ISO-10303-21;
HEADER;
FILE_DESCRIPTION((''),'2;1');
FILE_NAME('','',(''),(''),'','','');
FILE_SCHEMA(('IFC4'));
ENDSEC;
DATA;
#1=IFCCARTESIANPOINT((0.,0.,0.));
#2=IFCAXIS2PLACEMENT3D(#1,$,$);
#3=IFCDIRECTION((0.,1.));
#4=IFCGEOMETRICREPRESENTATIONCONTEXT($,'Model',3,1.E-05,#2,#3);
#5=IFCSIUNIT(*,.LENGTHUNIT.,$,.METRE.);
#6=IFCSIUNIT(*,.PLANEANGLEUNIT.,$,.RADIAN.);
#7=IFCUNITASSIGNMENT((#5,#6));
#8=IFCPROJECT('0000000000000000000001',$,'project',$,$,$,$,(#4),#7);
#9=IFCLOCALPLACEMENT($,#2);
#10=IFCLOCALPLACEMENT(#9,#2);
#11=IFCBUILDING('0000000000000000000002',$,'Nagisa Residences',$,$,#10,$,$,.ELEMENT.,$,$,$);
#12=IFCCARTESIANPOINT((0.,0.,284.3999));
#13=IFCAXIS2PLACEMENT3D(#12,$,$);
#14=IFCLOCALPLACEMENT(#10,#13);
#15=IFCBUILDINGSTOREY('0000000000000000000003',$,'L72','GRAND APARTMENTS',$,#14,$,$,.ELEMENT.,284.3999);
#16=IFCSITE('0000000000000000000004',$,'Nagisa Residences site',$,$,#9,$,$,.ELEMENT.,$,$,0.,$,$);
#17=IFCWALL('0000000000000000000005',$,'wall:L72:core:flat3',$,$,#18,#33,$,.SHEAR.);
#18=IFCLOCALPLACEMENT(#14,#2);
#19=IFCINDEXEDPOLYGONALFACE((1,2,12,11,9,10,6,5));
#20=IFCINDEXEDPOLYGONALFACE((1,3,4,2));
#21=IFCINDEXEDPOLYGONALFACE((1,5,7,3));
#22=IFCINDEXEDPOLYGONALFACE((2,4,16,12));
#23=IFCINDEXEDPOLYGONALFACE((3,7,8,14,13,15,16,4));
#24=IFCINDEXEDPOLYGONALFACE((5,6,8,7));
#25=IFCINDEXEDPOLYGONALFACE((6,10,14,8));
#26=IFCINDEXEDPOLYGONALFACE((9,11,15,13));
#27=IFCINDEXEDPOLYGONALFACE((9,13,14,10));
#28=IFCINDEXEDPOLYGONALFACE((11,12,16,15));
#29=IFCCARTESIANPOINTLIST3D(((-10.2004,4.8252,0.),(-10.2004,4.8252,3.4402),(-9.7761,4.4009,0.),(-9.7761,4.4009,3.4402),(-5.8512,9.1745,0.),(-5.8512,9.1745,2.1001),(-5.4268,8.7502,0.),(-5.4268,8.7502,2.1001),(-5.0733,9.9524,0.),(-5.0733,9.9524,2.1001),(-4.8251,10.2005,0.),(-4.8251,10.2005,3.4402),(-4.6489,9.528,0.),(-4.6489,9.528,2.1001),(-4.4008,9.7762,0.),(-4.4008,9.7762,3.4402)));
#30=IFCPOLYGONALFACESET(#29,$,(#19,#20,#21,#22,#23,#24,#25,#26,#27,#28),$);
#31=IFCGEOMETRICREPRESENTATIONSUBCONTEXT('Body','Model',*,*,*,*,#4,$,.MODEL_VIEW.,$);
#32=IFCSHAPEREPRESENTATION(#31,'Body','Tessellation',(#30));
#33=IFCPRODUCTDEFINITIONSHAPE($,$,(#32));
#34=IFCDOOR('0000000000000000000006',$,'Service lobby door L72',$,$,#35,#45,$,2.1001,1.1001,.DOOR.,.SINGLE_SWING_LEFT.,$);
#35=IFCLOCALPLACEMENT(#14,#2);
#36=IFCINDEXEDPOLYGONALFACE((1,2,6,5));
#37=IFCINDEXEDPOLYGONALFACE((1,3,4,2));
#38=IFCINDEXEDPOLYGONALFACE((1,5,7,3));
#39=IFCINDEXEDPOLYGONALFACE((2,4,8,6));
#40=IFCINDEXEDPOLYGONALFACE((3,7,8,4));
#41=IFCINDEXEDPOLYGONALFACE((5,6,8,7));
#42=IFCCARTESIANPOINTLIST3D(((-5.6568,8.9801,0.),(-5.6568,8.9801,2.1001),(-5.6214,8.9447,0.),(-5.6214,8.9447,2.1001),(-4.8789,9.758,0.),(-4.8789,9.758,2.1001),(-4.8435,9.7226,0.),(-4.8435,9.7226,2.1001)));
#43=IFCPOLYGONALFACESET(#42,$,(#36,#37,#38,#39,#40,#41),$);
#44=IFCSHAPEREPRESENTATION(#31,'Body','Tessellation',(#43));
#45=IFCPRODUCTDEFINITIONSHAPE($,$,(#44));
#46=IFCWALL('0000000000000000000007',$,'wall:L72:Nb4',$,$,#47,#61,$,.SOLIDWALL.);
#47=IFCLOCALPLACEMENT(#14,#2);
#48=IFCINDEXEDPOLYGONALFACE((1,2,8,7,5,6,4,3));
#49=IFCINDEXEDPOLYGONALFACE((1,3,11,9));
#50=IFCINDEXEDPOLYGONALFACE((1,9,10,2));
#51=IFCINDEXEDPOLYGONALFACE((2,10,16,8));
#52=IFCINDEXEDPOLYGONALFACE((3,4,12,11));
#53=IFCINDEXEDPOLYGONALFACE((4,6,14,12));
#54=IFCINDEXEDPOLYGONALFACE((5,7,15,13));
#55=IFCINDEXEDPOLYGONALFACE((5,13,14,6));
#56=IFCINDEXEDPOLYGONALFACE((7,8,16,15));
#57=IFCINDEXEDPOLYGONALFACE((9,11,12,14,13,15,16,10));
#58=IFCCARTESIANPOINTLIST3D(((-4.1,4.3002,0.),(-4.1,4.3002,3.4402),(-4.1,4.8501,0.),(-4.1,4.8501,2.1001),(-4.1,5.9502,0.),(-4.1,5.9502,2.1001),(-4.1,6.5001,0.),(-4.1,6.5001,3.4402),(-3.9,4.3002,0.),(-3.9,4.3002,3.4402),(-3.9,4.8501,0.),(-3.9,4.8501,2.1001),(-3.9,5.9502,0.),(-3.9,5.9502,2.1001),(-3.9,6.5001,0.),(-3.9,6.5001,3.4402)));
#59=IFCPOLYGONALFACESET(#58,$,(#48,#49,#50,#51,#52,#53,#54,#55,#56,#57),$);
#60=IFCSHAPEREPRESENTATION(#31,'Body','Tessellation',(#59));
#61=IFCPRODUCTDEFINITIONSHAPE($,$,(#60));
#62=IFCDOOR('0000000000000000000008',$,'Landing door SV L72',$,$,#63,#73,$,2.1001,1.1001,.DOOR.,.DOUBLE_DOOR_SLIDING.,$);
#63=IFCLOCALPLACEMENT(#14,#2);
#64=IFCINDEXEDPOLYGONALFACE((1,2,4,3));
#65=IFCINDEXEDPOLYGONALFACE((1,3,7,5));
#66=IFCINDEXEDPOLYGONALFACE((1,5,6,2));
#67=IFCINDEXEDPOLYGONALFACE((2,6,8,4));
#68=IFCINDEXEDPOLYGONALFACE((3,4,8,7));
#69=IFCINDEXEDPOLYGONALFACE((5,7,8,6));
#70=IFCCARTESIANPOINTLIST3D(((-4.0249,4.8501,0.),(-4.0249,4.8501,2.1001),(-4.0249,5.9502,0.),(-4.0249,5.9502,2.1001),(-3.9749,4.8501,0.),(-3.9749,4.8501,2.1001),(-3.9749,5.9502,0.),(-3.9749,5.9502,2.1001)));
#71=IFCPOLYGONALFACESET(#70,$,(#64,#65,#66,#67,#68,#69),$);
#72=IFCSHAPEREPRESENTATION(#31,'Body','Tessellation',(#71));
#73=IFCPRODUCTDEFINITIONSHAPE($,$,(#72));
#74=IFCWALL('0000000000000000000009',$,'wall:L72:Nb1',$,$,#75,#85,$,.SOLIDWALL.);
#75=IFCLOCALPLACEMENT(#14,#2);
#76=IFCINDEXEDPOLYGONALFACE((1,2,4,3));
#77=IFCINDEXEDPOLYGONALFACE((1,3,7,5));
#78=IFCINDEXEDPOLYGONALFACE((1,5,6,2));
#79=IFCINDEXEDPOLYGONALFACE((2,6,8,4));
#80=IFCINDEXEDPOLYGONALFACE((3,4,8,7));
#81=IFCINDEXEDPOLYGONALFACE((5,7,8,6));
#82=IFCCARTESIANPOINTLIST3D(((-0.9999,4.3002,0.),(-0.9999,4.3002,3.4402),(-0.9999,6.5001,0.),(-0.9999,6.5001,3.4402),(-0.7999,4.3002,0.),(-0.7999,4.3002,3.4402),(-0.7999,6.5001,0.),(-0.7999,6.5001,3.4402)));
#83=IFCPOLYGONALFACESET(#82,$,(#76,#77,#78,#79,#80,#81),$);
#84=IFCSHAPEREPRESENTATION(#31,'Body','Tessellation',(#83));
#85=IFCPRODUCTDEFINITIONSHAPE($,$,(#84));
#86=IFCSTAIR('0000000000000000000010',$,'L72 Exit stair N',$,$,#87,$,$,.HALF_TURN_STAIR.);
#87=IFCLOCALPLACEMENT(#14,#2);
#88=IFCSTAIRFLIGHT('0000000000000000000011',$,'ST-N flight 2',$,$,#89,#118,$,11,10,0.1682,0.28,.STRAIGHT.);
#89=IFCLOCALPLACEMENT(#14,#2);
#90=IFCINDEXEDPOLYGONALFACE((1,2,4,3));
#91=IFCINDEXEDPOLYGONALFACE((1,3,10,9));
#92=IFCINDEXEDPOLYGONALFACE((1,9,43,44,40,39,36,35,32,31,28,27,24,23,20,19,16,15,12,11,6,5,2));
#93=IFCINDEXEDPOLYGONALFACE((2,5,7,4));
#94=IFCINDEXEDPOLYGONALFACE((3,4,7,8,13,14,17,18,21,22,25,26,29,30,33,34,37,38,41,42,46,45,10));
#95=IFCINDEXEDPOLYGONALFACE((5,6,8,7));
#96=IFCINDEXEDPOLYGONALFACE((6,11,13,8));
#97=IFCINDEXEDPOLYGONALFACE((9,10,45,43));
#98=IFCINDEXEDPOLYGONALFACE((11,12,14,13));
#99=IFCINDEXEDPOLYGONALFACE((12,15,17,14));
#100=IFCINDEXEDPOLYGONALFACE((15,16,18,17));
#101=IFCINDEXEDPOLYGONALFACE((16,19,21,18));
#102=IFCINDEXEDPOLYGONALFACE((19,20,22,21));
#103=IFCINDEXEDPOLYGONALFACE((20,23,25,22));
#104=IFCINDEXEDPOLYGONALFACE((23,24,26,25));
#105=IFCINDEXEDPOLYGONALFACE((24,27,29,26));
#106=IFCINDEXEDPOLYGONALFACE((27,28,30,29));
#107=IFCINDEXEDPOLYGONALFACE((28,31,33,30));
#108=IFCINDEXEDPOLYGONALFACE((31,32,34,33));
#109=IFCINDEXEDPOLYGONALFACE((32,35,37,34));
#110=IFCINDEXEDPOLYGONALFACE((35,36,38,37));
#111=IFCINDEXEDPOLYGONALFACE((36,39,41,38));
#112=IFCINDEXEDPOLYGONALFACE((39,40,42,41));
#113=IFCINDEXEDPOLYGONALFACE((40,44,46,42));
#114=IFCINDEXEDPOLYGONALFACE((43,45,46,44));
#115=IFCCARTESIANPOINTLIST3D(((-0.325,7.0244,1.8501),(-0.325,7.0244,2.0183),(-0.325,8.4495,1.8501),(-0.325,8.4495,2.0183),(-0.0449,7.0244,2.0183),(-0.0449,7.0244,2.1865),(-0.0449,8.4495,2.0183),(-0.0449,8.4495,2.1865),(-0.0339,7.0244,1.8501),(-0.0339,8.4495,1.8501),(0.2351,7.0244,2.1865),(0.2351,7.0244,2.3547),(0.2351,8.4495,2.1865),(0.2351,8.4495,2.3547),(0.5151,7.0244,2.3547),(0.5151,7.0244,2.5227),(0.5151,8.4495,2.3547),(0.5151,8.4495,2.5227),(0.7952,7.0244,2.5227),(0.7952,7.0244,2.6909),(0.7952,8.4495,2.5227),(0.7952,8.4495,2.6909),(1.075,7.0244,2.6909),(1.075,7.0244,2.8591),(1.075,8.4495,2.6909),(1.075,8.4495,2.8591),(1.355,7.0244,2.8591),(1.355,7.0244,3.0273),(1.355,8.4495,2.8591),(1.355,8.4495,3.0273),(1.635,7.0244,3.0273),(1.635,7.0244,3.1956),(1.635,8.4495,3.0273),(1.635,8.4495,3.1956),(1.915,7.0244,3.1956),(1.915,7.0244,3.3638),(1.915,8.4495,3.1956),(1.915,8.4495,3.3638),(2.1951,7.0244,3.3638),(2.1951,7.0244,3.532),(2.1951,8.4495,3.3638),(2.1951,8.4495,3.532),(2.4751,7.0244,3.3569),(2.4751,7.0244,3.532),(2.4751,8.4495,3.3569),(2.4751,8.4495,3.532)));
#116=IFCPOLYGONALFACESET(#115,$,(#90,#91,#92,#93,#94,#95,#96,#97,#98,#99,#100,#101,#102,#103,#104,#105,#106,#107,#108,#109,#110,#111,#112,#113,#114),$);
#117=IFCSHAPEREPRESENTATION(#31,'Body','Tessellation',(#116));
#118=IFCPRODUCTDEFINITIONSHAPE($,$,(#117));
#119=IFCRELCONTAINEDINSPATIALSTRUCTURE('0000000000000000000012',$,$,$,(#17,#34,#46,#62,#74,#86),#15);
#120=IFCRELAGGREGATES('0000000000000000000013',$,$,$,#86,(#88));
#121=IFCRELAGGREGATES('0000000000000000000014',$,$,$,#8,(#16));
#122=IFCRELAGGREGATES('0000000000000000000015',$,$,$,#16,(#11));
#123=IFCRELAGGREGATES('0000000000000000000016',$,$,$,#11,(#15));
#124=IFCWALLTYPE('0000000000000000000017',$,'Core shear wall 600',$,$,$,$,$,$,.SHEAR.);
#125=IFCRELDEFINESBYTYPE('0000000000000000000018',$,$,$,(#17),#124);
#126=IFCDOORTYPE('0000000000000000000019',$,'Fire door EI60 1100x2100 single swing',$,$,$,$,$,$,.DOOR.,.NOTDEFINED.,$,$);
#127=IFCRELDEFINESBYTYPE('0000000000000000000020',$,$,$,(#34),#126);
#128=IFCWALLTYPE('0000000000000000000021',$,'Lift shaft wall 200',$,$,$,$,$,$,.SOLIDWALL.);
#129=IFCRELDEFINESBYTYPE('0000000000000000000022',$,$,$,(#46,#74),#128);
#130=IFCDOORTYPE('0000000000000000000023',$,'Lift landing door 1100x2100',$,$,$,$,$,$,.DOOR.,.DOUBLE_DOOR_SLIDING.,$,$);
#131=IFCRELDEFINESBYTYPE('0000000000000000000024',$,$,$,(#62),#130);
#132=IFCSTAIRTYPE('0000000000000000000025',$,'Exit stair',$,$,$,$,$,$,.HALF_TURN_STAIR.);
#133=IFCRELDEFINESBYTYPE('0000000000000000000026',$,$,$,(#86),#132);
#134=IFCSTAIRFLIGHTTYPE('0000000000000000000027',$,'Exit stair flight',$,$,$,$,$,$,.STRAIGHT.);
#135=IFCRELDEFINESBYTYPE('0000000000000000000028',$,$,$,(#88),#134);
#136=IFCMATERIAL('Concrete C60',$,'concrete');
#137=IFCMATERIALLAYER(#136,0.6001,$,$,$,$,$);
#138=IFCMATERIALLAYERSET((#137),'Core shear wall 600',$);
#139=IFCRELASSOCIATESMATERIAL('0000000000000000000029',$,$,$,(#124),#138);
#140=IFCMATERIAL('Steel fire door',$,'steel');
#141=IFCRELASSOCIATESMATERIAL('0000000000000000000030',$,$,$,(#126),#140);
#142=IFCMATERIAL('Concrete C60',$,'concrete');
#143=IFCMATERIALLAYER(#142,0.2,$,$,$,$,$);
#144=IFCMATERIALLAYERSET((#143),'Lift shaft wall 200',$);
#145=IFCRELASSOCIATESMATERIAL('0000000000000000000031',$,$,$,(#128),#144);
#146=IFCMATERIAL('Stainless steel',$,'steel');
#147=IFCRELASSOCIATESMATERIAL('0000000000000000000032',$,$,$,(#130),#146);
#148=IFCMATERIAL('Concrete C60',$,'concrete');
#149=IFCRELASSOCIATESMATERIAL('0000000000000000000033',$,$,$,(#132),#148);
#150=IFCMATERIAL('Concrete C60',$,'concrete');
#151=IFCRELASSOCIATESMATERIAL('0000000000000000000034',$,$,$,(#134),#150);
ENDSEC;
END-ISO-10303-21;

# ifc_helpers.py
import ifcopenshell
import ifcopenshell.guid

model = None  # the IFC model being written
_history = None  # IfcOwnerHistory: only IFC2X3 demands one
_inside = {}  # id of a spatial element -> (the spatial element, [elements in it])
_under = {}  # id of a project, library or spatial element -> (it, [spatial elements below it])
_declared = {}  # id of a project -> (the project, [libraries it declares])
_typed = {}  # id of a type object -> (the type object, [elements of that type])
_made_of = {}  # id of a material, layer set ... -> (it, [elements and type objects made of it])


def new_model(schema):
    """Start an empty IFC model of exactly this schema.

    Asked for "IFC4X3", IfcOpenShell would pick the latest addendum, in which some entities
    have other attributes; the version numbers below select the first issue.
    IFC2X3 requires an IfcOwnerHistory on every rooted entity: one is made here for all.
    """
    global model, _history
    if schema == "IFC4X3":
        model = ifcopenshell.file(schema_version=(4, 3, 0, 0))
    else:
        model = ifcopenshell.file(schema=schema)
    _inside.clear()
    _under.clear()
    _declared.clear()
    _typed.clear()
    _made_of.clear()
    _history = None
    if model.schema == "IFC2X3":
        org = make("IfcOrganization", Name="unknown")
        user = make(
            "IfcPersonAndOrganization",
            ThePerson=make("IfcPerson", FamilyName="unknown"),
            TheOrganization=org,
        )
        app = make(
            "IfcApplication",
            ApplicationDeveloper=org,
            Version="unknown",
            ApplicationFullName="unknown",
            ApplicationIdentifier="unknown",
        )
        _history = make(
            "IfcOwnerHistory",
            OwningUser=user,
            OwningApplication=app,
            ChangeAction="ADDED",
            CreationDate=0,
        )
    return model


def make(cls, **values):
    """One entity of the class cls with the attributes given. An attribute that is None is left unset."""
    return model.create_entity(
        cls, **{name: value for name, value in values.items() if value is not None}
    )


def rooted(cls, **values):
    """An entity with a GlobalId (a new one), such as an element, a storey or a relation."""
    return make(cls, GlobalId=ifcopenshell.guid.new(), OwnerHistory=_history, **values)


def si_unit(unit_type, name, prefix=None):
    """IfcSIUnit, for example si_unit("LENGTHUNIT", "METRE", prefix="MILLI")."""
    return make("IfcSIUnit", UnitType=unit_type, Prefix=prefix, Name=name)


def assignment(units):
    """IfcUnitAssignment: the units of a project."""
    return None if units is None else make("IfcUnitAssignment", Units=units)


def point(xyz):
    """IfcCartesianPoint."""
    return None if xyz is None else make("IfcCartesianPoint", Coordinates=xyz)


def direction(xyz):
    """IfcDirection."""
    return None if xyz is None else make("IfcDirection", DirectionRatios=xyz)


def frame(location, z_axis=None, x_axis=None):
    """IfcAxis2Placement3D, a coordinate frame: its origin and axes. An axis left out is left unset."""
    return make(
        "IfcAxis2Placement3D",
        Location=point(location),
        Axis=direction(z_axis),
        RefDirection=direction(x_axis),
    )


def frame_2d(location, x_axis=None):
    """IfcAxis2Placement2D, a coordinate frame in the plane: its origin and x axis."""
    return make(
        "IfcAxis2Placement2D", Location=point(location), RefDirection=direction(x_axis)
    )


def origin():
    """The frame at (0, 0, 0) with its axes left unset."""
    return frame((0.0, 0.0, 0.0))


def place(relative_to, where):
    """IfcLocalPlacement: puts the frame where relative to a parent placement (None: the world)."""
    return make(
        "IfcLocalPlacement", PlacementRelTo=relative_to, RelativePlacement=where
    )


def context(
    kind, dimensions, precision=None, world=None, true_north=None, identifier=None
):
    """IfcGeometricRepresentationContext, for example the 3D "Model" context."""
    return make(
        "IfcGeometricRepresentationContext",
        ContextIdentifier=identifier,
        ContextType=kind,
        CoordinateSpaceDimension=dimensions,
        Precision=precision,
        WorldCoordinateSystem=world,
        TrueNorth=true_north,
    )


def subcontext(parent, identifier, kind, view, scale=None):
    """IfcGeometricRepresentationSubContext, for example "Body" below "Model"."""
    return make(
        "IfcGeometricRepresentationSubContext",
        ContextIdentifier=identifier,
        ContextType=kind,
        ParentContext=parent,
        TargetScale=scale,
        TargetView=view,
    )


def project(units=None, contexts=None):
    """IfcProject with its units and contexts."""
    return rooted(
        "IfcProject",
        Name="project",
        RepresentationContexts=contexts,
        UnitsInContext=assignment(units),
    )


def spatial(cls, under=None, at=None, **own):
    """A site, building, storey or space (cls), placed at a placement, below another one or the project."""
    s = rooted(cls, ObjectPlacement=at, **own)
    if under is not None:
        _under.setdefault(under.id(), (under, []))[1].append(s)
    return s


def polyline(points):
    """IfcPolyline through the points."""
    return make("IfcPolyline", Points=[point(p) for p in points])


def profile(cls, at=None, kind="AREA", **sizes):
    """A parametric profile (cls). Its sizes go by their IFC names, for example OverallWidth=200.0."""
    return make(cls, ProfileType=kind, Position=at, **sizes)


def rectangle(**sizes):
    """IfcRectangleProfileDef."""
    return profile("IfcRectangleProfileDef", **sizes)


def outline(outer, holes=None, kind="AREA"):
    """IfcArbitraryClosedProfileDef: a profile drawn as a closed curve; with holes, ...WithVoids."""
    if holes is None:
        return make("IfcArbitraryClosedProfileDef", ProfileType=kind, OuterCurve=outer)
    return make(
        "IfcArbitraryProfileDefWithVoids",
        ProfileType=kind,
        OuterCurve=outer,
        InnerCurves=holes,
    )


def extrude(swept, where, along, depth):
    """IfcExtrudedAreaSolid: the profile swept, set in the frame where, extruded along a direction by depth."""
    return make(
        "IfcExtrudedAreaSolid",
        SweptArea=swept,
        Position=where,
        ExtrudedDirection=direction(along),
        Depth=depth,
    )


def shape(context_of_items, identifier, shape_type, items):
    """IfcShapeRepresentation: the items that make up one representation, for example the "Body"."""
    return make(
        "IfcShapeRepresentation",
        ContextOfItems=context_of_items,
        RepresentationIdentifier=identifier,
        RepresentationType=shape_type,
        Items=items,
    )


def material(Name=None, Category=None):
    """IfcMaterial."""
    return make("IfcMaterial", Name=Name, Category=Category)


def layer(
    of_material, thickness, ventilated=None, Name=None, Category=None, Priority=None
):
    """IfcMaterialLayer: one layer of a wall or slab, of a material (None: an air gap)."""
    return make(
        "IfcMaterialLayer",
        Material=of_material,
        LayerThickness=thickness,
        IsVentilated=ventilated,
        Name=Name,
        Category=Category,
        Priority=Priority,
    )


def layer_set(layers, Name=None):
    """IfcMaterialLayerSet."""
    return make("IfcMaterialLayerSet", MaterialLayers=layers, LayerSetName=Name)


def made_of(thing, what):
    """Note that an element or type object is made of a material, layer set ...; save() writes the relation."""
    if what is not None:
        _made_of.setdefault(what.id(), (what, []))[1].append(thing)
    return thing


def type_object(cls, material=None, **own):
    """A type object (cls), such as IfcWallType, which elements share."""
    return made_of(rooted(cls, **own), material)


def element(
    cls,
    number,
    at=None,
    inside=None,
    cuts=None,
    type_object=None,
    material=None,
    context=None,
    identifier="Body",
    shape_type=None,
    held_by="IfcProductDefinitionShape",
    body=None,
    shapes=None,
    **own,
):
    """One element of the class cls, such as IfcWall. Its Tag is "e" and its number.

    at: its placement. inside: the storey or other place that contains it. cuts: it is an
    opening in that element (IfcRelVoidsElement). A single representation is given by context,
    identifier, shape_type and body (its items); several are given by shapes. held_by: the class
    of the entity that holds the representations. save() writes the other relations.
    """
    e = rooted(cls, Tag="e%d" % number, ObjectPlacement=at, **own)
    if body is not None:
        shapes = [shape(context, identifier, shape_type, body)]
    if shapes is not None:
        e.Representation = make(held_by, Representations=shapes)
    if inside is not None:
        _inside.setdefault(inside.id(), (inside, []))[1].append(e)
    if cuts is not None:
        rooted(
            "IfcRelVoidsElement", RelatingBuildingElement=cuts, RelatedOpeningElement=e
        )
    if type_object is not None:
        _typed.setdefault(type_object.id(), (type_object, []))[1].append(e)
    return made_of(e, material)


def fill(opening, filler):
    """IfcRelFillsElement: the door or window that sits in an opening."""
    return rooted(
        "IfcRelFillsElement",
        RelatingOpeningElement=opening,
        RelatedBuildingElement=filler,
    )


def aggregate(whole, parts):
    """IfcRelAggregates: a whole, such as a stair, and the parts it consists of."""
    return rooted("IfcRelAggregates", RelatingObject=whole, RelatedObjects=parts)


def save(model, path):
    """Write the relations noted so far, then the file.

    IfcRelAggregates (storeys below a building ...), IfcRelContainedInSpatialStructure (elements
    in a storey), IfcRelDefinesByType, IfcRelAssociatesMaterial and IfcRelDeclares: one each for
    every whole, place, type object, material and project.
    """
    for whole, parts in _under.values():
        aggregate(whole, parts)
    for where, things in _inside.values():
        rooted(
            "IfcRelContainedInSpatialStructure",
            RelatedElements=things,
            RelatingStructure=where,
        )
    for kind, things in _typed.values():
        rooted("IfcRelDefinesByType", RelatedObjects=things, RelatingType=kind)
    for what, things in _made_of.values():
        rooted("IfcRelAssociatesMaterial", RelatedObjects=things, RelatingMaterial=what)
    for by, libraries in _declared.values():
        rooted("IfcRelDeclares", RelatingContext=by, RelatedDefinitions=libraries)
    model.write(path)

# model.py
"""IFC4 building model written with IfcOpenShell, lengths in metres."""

from ifc_helpers import new_model, si_unit, direction, frame, frame_2d, origin, place, context, subcontext, project, spatial, polyline, rectangle, outline, extrude, material, layer, layer_set, type_object, element, fill, aggregate, save


model = new_model("IFC4")

# Units and contexts
model_context = context("Model", 3, precision=1e-05, world=origin(), true_north=direction((0.0, 1.0)))
body_context = subcontext(model_context, "Body", "Model", "MODEL_VIEW")
ifc_project = project(units=[si_unit("LENGTHUNIT", "METRE"), si_unit("PLANEANGLEUNIT", "RADIAN")], contexts=[model_context])

# Site, building, storey
site_placement = place(None, origin())
site = spatial("IfcSite", under=ifc_project, at=site_placement, Name="Nagisa Residences site", CompositionType="ELEMENT", RefElevation=0.0)
building_placement = place(site_placement, origin())
building = spatial("IfcBuilding", under=site, at=building_placement, Name="Nagisa Residences", CompositionType="ELEMENT")
storey_placement = place(building_placement, frame((0.0, 0.0, 284.3999)))
storey = spatial("IfcBuildingStorey", under=building, at=storey_placement, Name="L72", Description="GRAND APARTMENTS", CompositionType="ELEMENT", Elevation=284.3999)

# Walls, openings, doors
ifc_material_1 = material(Name="Concrete C60", Category="concrete")
ifc_layer_1 = layer(ifc_material_1, 0.6001)
ifc_layer_set_1 = layer_set([ifc_layer_1], Name="Core shear wall 600")
wall_type_1 = type_object("IfcWallType", Name="Core shear wall 600", PredefinedType="SHEAR", material=ifc_layer_set_1)
wall_1_placement = place(storey_placement, frame((-4.613, 9.9883, 0.0), z_axis=(0.0, 0.0, 1.0), x_axis=(-0.707107, -0.707107, 0.0)))
wall_1 = element("IfcWall", 1, at=wall_1_placement, inside=storey, type_object=wall_type_1, Name="wall:L72:core:flat3", PredefinedType="SHEAR", context=body_context, shape_type="SweptSolid", body=[
    extrude(rectangle(XDim=7.6018, YDim=0.6001, at=frame_2d((3.8008, 0.0))), origin(), (0.0, 0.0, 1.0), 3.4402),
])
opening_1_placement = place(wall_1_placement, frame((0.3508, 0.0, 0.0)))
opening_1 = element("IfcOpeningElement", 2, at=opening_1_placement, cuts=wall_1, PredefinedType="OPENING", context=body_context, shape_type="SweptSolid", body=[
    extrude(rectangle(XDim=1.1001, YDim=2.1001, at=frame_2d((0.55, 1.05))), frame((0.0, 0.3101, 0.0), z_axis=(0.0, -1.0, 0.0), x_axis=(1.0, 0.0, 0.0)), (0.0, 0.0, 1.0), 0.6201),
])
ifc_material_2 = material(Name="Steel fire door", Category="steel")
door_type_1 = type_object("IfcDoorType", Name="Fire door EI60 1100x2100 single swing", OperationType="NOTDEFINED", PredefinedType="DOOR", material=ifc_material_2)
door_1_placement = place(opening_1_placement, origin())
door_1 = element("IfcDoor", 3, at=door_1_placement, inside=storey, type_object=door_type_1, Name="Service lobby door L72", OperationType="SINGLE_SWING_LEFT", OverallHeight=2.1001, OverallWidth=1.1001, PredefinedType="DOOR", context=body_context, shape_type="SweptSolid", body=[
    extrude(rectangle(XDim=1.1001, YDim=2.1001, at=frame_2d((0.55, 1.05))), frame((0.0, 0.0249, 0.0), z_axis=(0.0, -1.0, 0.0), x_axis=(1.0, 0.0, 0.0)), (0.0, 0.0, 1.0), 0.05),
])
fill(opening_1, door_1)
ifc_material_3 = material(Name="Concrete C60", Category="concrete")
ifc_layer_2 = layer(ifc_material_3, 0.2)
ifc_layer_set_2 = layer_set([ifc_layer_2], Name="Lift shaft wall 200")
wall_type_2 = type_object("IfcWallType", Name="Lift shaft wall 200", PredefinedType="SOLIDWALL", material=ifc_layer_set_2)
wall_2_placement = place(storey_placement, frame((-4.0, 4.3, 0.0), z_axis=(0.0, 0.0, 1.0), x_axis=(0.0, 1.0, 0.0)))
wall_2 = element("IfcWall", 4, at=wall_2_placement, inside=storey, type_object=wall_type_2, Name="wall:L72:Nb4", PredefinedType="SOLIDWALL", context=body_context, shape_type="SweptSolid", body=[
    extrude(rectangle(XDim=2.2, YDim=0.2, at=frame_2d((1.1001, 0.0))), origin(), (0.0, 0.0, 1.0), 3.4402),
])
opening_2_placement = place(wall_2_placement, frame((0.55, 0.0, 0.0)))
opening_2 = element("IfcOpeningElement", 5, at=opening_2_placement, cuts=wall_2, PredefinedType="OPENING", context=body_context, shape_type="SweptSolid", body=[
    extrude(rectangle(XDim=1.1001, YDim=2.1001, at=frame_2d((0.55, 1.05))), frame((0.0, 0.1099, 0.0), z_axis=(0.0, -1.0, 0.0), x_axis=(1.0, 0.0, 0.0)), (0.0, 0.0, 1.0), 0.22),
])
ifc_material_4 = material(Name="Stainless steel", Category="steel")
door_type_2 = type_object("IfcDoorType", Name="Lift landing door 1100x2100", OperationType="DOUBLE_DOOR_SLIDING", PredefinedType="DOOR", material=ifc_material_4)
door_2_placement = place(opening_2_placement, origin())
door_2 = element("IfcDoor", 6, at=door_2_placement, inside=storey, type_object=door_type_2, Name="Landing door SV L72", OperationType="DOUBLE_DOOR_SLIDING", OverallHeight=2.1001, OverallWidth=1.1001, PredefinedType="DOOR", context=body_context, shape_type="SweptSolid", body=[
    extrude(rectangle(XDim=1.1001, YDim=2.1001, at=frame_2d((0.55, 1.05))), frame((0.0, 0.0249, 0.0), z_axis=(0.0, -1.0, 0.0), x_axis=(1.0, 0.0, 0.0)), (0.0, 0.0, 1.0), 0.05),
])
fill(opening_2, door_2)

# Wall
wall_3_placement = place(storey_placement, frame((-0.8999, 4.3, 0.0), z_axis=(0.0, 0.0, 1.0), x_axis=(0.0, 1.0, 0.0)))
element("IfcWall", 7, at=wall_3_placement, inside=storey, type_object=wall_type_2, Name="wall:L72:Nb1", PredefinedType="SOLIDWALL", context=body_context, shape_type="SweptSolid", body=[
    extrude(rectangle(XDim=2.2, YDim=0.2, at=frame_2d((1.1001, 0.0))), origin(), (0.0, 0.0, 1.0), 3.4402),
])

# Stair, stair flight
ifc_material_5 = material(Name="Concrete C60", Category="concrete")
stair_type = type_object("IfcStairType", Name="Exit stair", PredefinedType="HALF_TURN_STAIR", material=ifc_material_5)
stair_placement = place(storey_placement, origin())
stair = element("IfcStair", 8, at=stair_placement, inside=storey, type_object=stair_type, Name="L72 Exit stair N", PredefinedType="HALF_TURN_STAIR")
ifc_material_6 = material(Name="Concrete C60", Category="concrete")
stair_flight_type = type_object("IfcStairFlightType", Name="Exit stair flight", PredefinedType="STRAIGHT", material=ifc_material_6)
stair_flight_placement = place(storey_placement, frame((-0.325, 7.7371, 1.8501), z_axis=(0.0, 0.0, 1.0), x_axis=(1.0, 0.0, 0.0)))
stair_flight = element("IfcStairFlight", 9, at=stair_flight_placement, type_object=stair_flight_type, Name="ST-N flight 2", NumberOfRisers=11, NumberOfTreads=10, PredefinedType="STRAIGHT", RiserHeight=0.1682, TreadLength=0.28, context=body_context, shape_type="SweptSolid", body=[
    extrude(outline(polyline([(0.0, 0.0), (0.0, 0.1682), (0.28, 0.1682), (0.28, 0.3364), (0.5601, 0.3364), (0.5601, 0.5046), (0.8401, 0.5046), (0.8401, 0.6726), (1.1201, 0.6726), (1.1201, 0.8408), (1.3999, 0.8408), (1.3999, 1.009), (1.6799, 1.009), (1.6799, 1.1772), (1.96, 1.1772), (1.96, 1.3455), (2.24, 1.3455), (2.24, 1.5137), (2.52, 1.5137), (2.52, 1.6819), (2.8, 1.6819), (2.8, 1.8501), (2.8, 1.5068), (0.291, 0.0), (0.0, 0.0)])), frame((0.0, 0.7124, 0.0), z_axis=(0.0, -1.0, 0.0), x_axis=(1.0, 0.0, 0.0)), (0.0, 0.0, 1.0), 1.425),
])
aggregate(stair, [stair_flight])

save(model, "model.ifc")
